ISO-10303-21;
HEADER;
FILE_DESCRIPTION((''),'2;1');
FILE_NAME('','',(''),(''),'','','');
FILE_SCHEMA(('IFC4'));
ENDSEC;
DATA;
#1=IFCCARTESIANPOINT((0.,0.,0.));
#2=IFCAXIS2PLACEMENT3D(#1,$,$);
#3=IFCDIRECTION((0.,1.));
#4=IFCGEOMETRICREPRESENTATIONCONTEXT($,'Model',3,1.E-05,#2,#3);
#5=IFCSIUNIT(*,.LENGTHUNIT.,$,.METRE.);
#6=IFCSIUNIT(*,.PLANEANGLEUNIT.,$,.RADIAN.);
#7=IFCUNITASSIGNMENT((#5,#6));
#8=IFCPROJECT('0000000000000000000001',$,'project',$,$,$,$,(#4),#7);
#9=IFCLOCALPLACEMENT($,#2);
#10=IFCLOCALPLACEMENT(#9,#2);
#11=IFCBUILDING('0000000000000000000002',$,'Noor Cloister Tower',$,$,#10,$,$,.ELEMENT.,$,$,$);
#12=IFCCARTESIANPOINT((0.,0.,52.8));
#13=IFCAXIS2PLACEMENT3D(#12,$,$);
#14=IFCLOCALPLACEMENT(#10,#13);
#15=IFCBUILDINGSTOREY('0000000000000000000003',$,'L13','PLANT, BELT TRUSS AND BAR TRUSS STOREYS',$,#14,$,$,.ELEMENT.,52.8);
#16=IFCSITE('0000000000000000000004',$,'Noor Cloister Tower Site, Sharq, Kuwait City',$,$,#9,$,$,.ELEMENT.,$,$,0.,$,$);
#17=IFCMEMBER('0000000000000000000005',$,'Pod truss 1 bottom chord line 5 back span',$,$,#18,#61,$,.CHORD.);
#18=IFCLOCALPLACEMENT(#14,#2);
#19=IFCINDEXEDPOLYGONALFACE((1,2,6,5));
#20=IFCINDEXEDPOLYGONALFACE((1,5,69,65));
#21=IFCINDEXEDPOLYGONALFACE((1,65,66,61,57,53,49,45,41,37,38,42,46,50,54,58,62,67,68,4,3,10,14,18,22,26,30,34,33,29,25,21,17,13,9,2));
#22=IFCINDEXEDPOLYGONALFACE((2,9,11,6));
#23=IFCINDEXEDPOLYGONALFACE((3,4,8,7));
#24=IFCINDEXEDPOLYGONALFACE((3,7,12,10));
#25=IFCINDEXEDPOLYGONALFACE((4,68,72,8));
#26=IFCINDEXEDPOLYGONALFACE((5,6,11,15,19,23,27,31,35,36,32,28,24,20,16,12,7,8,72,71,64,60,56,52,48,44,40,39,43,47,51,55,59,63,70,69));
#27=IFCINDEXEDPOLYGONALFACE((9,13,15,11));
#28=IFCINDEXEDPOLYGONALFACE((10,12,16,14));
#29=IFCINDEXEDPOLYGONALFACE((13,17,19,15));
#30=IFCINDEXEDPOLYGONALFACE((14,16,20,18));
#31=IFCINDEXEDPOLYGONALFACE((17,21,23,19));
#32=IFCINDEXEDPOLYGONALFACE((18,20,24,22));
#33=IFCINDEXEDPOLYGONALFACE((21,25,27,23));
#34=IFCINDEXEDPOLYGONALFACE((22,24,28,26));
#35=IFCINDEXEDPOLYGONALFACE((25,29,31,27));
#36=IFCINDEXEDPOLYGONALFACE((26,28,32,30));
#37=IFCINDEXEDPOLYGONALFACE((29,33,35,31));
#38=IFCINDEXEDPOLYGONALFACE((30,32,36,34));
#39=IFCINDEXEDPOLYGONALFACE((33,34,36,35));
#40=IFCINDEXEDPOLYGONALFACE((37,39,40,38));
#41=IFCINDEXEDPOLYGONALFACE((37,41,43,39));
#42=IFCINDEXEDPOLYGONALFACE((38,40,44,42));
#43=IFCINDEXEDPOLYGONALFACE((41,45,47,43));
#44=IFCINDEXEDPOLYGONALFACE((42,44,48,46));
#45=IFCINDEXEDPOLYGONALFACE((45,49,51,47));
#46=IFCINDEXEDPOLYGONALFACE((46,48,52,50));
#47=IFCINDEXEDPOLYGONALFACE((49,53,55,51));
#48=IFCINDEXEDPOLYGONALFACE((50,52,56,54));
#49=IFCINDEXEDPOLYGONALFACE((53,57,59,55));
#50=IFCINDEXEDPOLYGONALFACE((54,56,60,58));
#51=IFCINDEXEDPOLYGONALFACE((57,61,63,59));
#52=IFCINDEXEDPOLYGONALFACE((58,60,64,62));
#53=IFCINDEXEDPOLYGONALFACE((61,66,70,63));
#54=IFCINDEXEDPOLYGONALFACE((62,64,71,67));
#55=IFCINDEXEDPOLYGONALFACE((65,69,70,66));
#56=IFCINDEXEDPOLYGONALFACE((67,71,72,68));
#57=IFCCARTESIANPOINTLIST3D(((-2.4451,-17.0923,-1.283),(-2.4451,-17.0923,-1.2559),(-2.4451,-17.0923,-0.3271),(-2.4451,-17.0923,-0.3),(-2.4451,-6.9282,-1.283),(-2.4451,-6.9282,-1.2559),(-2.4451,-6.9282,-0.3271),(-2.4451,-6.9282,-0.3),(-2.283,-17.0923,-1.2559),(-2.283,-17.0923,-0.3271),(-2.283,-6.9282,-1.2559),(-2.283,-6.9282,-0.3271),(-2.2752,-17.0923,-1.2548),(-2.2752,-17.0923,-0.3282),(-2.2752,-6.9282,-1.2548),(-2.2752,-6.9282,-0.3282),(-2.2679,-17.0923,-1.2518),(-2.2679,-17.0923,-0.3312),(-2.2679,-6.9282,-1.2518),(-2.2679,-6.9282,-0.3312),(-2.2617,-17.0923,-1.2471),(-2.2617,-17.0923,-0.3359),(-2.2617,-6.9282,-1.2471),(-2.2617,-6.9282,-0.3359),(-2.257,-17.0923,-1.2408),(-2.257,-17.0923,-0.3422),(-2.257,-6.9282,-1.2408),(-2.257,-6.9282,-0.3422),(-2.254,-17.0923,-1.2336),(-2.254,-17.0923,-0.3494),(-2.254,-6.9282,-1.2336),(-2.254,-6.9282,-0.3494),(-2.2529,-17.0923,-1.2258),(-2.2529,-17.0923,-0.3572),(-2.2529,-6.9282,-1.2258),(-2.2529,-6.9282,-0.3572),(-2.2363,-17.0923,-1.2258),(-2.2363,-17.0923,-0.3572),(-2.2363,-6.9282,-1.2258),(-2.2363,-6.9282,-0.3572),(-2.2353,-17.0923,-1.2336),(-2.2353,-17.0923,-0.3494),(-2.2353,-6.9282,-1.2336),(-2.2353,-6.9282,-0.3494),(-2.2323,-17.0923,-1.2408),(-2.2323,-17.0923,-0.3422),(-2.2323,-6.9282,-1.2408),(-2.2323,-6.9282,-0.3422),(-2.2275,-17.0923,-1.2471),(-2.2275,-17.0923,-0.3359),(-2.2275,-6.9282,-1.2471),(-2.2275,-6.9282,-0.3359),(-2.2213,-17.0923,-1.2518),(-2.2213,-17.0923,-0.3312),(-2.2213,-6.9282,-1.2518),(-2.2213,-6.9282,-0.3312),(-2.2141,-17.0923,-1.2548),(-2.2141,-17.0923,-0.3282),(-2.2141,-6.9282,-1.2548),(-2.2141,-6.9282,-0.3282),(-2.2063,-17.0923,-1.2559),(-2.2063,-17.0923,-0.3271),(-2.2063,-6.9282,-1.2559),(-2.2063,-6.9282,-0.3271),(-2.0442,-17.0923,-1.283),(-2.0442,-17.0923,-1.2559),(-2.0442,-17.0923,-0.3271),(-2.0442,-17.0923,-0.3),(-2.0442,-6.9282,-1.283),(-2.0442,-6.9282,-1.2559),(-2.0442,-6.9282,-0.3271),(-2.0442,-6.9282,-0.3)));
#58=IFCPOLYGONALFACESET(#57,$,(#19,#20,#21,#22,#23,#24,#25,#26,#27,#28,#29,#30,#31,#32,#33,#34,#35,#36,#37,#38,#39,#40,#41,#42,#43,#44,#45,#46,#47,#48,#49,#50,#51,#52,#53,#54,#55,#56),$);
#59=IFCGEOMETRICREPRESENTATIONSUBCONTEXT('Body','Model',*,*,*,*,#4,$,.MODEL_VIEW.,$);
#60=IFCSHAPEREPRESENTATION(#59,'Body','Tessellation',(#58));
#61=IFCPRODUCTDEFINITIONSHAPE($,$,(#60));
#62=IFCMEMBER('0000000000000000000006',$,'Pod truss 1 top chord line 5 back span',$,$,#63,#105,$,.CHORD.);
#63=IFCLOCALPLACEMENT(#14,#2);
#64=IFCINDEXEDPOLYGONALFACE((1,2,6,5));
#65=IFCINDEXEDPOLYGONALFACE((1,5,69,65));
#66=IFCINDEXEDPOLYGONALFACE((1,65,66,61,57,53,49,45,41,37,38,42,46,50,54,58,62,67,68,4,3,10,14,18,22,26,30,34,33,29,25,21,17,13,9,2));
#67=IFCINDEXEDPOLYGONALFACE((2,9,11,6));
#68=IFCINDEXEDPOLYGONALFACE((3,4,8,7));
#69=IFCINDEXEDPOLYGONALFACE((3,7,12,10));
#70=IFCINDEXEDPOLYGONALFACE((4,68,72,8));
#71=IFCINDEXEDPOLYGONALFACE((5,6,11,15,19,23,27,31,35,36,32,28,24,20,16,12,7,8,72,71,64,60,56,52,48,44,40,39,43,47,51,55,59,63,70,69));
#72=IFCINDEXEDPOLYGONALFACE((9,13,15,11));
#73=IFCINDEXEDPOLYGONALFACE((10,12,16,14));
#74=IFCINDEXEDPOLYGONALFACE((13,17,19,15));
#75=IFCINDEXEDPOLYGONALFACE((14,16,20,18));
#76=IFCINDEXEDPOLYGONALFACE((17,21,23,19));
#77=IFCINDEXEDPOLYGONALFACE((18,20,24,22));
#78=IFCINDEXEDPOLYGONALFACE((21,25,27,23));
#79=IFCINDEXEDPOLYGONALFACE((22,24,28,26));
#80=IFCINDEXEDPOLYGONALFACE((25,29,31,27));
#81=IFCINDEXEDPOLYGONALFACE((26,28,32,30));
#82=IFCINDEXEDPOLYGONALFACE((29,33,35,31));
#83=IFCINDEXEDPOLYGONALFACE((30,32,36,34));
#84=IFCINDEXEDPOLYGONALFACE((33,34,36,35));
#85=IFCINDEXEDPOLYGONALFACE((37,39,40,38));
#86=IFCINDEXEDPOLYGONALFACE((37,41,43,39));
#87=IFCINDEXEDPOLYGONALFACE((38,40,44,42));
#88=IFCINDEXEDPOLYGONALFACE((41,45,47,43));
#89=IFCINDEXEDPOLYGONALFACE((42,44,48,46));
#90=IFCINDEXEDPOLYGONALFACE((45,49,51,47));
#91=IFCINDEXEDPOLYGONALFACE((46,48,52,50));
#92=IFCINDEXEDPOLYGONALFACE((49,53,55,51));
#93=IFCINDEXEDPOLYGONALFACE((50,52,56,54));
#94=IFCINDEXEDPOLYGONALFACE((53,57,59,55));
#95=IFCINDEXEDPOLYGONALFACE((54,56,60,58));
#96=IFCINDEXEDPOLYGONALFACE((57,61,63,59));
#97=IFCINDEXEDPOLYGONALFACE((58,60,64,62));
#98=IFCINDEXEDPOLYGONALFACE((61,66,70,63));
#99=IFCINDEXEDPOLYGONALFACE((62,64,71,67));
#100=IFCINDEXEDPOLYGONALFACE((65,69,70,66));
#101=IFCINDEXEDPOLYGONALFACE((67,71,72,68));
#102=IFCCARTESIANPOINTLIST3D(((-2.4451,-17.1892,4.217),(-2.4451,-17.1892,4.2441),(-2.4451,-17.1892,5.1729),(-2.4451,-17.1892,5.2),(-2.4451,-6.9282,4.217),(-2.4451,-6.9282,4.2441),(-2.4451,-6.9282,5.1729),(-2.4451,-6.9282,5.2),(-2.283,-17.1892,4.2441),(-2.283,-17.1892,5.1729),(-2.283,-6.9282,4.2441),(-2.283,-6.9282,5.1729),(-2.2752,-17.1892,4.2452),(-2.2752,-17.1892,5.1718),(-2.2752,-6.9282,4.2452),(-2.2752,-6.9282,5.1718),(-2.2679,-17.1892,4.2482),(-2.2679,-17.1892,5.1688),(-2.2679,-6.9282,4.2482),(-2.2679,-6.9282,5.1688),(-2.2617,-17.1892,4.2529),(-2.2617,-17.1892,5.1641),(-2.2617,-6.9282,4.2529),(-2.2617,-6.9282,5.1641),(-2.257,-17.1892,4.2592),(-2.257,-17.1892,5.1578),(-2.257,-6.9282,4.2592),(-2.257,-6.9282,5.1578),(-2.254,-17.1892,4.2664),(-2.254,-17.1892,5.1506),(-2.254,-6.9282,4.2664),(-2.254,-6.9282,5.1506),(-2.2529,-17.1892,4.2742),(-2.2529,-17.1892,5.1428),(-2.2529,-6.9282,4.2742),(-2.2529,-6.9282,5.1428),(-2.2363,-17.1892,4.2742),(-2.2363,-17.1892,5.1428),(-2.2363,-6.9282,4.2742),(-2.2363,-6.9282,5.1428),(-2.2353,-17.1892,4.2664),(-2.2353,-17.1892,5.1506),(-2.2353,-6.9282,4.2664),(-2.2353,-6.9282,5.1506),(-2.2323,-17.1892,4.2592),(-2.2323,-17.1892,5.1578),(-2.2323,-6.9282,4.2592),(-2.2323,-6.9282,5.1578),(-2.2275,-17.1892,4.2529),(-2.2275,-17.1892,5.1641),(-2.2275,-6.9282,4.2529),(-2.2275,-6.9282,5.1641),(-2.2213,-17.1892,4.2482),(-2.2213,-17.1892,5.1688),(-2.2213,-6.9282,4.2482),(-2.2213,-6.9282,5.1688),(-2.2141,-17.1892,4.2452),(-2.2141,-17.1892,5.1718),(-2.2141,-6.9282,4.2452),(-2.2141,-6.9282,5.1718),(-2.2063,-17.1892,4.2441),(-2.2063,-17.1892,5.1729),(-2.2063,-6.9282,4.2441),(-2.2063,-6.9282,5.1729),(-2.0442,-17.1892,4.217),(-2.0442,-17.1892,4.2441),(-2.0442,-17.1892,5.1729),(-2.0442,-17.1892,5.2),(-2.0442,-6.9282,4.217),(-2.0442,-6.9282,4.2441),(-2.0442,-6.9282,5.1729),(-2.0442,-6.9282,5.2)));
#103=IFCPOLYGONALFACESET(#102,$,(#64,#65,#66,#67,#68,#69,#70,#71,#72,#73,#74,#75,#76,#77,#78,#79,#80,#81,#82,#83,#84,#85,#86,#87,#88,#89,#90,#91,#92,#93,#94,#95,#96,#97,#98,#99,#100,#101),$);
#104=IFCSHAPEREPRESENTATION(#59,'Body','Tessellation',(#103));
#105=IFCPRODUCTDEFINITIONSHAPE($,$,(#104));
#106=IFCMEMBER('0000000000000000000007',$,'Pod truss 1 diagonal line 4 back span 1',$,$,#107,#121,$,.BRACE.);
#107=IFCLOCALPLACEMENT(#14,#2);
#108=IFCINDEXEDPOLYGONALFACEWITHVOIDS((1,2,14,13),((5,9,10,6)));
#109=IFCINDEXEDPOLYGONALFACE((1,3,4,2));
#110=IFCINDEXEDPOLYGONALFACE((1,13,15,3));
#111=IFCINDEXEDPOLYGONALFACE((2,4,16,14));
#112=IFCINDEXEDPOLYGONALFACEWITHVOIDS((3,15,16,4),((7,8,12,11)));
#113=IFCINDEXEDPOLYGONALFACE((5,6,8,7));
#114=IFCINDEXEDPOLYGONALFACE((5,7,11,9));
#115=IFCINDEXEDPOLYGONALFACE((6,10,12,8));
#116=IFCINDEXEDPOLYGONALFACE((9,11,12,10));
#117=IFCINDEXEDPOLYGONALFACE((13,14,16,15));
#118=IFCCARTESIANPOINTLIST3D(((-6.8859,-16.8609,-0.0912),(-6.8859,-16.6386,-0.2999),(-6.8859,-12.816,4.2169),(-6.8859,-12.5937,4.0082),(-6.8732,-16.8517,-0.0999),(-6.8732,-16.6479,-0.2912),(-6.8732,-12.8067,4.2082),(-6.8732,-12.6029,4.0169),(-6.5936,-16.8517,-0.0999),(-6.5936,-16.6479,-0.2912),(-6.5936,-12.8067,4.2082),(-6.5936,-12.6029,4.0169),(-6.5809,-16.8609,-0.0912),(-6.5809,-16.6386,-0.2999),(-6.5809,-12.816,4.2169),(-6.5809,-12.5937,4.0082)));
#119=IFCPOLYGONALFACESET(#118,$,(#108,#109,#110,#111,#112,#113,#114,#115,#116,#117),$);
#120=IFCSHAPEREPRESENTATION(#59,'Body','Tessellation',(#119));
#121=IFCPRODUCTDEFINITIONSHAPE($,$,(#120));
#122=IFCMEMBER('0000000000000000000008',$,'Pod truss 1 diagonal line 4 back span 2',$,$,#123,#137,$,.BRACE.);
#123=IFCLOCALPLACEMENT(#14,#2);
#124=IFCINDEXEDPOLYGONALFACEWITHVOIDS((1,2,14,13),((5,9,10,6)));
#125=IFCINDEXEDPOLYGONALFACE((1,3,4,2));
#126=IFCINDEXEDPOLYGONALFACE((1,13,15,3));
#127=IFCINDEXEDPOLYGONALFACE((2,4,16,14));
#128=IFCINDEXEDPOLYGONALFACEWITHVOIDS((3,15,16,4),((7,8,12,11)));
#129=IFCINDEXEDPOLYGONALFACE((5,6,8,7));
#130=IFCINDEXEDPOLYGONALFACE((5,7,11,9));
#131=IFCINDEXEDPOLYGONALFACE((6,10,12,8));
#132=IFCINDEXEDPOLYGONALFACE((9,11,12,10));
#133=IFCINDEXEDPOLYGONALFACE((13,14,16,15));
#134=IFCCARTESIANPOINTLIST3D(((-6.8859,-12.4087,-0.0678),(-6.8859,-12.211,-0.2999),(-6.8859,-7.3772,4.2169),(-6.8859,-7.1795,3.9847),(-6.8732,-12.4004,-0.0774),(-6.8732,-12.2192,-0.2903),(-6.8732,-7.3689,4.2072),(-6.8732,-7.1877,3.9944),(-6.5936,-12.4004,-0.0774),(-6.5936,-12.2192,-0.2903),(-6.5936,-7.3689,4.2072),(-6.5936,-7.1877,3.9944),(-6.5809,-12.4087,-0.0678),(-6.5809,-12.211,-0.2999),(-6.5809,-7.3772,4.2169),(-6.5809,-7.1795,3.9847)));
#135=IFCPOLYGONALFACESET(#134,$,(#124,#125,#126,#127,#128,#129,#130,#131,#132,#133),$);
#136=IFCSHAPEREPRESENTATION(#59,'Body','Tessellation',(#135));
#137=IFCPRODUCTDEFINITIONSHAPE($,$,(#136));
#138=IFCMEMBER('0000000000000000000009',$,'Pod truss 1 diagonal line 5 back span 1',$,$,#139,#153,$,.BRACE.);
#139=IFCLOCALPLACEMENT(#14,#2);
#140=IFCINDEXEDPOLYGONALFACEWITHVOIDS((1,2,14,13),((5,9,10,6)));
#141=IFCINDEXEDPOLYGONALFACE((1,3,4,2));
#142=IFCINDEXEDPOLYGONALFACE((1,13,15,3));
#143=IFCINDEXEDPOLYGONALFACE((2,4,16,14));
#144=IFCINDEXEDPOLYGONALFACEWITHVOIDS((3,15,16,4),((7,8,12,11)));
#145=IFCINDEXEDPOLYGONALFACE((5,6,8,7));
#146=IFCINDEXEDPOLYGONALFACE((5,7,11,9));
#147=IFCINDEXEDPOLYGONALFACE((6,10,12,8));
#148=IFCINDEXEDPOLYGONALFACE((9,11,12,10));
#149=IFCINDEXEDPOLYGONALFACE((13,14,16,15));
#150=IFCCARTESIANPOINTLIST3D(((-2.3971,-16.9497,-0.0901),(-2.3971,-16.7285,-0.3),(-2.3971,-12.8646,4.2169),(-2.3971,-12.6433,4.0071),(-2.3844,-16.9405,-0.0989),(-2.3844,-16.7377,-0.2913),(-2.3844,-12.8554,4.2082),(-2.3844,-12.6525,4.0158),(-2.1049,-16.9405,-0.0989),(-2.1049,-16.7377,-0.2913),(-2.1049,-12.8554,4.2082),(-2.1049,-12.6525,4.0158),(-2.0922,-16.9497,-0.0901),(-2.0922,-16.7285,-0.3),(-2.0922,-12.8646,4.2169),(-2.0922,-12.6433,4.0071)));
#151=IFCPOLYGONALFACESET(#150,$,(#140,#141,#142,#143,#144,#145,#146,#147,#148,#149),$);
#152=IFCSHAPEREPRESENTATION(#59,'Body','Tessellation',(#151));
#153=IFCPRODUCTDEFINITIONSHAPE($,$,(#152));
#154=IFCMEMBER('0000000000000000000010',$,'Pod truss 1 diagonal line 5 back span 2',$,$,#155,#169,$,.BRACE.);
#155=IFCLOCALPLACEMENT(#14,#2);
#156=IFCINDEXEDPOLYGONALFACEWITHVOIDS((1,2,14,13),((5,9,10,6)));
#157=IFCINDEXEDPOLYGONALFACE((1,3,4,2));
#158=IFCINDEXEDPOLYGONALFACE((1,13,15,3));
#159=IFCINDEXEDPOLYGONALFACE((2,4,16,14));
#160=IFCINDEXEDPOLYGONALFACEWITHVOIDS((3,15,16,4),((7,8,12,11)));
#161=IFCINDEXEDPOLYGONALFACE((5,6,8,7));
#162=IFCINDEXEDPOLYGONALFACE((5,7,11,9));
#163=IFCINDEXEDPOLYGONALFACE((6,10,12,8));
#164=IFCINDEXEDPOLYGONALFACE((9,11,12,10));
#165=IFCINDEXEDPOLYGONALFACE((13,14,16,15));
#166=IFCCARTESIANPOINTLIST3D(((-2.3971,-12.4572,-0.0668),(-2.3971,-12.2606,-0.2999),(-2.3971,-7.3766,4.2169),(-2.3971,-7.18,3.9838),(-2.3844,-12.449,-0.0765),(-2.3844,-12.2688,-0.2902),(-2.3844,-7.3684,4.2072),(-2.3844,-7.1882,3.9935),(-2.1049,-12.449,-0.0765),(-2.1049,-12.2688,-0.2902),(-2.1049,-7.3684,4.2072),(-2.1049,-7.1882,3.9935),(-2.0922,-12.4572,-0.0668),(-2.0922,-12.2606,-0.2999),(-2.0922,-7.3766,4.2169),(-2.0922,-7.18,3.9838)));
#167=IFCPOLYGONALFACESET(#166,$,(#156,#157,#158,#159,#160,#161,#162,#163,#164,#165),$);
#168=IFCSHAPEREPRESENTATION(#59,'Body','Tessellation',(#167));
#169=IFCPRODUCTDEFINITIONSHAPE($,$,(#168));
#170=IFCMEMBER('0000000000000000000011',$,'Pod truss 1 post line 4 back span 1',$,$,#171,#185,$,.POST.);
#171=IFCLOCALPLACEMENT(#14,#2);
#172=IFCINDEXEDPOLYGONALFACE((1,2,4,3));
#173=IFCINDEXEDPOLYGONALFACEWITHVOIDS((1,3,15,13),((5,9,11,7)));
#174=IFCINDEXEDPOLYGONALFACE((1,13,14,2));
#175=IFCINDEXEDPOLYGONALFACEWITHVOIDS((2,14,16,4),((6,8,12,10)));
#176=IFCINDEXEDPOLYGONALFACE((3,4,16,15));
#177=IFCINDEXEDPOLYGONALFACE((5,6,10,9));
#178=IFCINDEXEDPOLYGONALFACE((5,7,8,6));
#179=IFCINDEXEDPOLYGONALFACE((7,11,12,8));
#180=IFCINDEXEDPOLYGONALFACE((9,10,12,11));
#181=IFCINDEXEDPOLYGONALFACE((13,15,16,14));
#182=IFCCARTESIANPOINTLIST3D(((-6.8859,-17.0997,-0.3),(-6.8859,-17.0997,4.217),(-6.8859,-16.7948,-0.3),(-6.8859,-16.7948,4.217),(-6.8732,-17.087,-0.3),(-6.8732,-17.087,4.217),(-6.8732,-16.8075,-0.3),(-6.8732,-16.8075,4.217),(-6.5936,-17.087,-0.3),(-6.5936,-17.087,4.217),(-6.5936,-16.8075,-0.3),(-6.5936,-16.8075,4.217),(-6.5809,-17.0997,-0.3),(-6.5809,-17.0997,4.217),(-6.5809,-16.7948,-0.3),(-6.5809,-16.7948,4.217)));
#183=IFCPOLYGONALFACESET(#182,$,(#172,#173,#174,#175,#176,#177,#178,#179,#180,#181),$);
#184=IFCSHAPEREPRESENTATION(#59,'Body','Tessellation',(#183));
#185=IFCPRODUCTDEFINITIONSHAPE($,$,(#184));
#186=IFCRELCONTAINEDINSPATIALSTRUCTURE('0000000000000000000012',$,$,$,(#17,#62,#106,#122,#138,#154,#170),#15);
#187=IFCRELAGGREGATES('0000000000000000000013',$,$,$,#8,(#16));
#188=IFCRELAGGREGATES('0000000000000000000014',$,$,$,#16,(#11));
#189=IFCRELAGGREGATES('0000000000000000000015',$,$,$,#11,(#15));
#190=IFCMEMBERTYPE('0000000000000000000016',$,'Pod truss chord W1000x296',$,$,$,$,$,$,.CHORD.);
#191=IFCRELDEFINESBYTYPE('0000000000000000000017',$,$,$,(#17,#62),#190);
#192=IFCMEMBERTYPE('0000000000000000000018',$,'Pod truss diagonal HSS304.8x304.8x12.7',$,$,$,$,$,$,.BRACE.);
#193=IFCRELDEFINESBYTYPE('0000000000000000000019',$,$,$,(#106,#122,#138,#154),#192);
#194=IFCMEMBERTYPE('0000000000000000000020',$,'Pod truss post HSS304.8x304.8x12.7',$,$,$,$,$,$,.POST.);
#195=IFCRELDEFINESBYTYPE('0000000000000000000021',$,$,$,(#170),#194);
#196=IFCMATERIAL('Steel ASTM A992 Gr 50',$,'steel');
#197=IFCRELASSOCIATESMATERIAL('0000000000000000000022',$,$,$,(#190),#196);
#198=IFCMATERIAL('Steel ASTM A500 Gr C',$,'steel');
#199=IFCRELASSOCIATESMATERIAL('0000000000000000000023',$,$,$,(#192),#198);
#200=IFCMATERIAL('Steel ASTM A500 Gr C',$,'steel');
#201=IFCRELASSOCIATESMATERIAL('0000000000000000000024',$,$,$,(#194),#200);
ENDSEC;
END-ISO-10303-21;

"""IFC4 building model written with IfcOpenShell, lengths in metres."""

from ifc_helpers import new_model, si_unit, direction, frame, origin, origin_2d, place, context, subcontext, project, spatial, hollow_rectangle, i_section, extrude, material, material_profile, profile_set, type_object, element, save


model = new_model("IFC4")

# Units and contexts
model_context = context("Model", 3, precision=1e-05, world=origin(), true_north=direction((0.0, 1.0)))
body_context = subcontext(model_context, "Body", "Model", "MODEL_VIEW")
ifc_project = project(units=[si_unit("LENGTHUNIT", "METRE"), si_unit("PLANEANGLEUNIT", "RADIAN")], contexts=[model_context])

# Site, building, storey
site_placement = place(None, origin())
site = spatial("IfcSite", under=ifc_project, at=site_placement, Name="Noor Cloister Tower Site, Sharq, Kuwait City", CompositionType="ELEMENT", RefElevation=0.0)
building_placement = place(site_placement, origin())
building = spatial("IfcBuilding", under=site, at=building_placement, Name="Noor Cloister Tower", CompositionType="ELEMENT")
storey_placement = place(building_placement, frame((0.0, 0.0, 52.8)))
storey = spatial("IfcBuildingStorey", under=building, at=storey_placement, Name="L13", Description="PLANT, BELT TRUSS AND BAR TRUSS STOREYS", CompositionType="ELEMENT", Elevation=52.8)

# Members
ifc_material_1 = material(Name="Steel ASTM A992 Gr 50", Category="steel")
ifc_material_profile_1 = material_profile(ifc_material_1, i_section(OverallWidth=0.4009, OverallDepth=0.9829, WebThickness=0.0166, FlangeThickness=0.0271, FilletRadius=0.03, at=origin_2d()), Name="W1000x296")
ifc_profile_set_1 = profile_set([ifc_material_profile_1], Name="Steel ASTM A992 Gr 50")
member_type_1 = type_object("IfcMemberType", Name="Pod truss chord W1000x296", PredefinedType="CHORD", material=ifc_profile_set_1)
member_1_placement = place(storey_placement, frame((-2.2446, -17.0923, -0.7915), z_axis=(0.0, 1.0, 0.0), x_axis=(-1.0, 0.0, 0.0)))
element("IfcMember", 1, at=member_1_placement, inside=storey, type_object=member_type_1, Name="Pod truss 1 bottom chord line 5 back span", PredefinedType="CHORD", context=body_context, shape_type="SweptSolid", body=[
    extrude(i_section(OverallWidth=0.4009, OverallDepth=0.9829, WebThickness=0.0166, FlangeThickness=0.0271, FilletRadius=0.03, at=origin_2d()), origin(), (0.0, 0.0, 1.0), 10.1641),
])
member_2_placement = place(storey_placement, frame((-2.2446, -17.1892, 4.7085), z_axis=(0.0, 1.0, 0.0), x_axis=(-1.0, 0.0, 0.0)))
element("IfcMember", 2, at=member_2_placement, inside=storey, type_object=member_type_1, Name="Pod truss 1 top chord line 5 back span", PredefinedType="CHORD", context=body_context, shape_type="SweptSolid", body=[
    extrude(i_section(OverallWidth=0.4009, OverallDepth=0.9829, WebThickness=0.0166, FlangeThickness=0.0271, FilletRadius=0.03, at=origin_2d()), origin(), (0.0, 0.0, 1.0), 10.261),
])
ifc_material_2 = material(Name="Steel ASTM A500 Gr C", Category="steel")
ifc_material_profile_2 = material_profile(ifc_material_2, hollow_rectangle(XDim=0.3049, YDim=0.3049, WallThickness=0.0127, at=origin_2d()), Name="HSS304.8x304.8x12.7")
ifc_profile_set_2 = profile_set([ifc_material_profile_2], Name="Steel ASTM A500 Gr C")
member_type_2 = type_object("IfcMemberType", Name="Pod truss diagonal HSS304.8x304.8x12.7", PredefinedType="BRACE", material=ifc_profile_set_2)
member_3_placement = place(storey_placement, frame((-6.7334, -16.7498, -0.1956), z_axis=(0.0, 0.684488, 0.729024), x_axis=(-1.0, 0.0, 0.0)))
element("IfcMember", 3, at=member_3_placement, inside=storey, type_object=member_type_2, Name="Pod truss 1 diagonal line 4 back span 1", PredefinedType="BRACE", context=body_context, shape_type="SweptSolid", body=[
    extrude(hollow_rectangle(XDim=0.3049, YDim=0.3049, WallThickness=0.0127, at=origin_2d()), origin(), (0.0, 0.0, 1.0), 5.9094),
])
member_4_placement = place(storey_placement, frame((-6.7334, -12.3098, -0.1838), z_axis=(0.0, 0.761349, 0.648342), x_axis=(-1.0, 0.0, 0.0)))
element("IfcMember", 4, at=member_4_placement, inside=storey, type_object=member_type_2, Name="Pod truss 1 diagonal line 4 back span 2", PredefinedType="BRACE", context=body_context, shape_type="SweptSolid", body=[
    extrude(hollow_rectangle(XDim=0.3049, YDim=0.3049, WallThickness=0.0127, at=origin_2d()), origin(), (0.0, 0.0, 1.0), 6.6086),
])
member_5_placement = place(storey_placement, frame((-2.2446, -16.8391, -0.1951), z_axis=(0.0, 0.688168, 0.725552), x_axis=(-1.0, 0.0, 0.0)))
element("IfcMember", 5, at=member_5_placement, inside=storey, type_object=member_type_2, Name="Pod truss 1 diagonal line 5 back span 1", PredefinedType="BRACE", context=body_context, shape_type="SweptSolid", body=[
    extrude(hollow_rectangle(XDim=0.3049, YDim=0.3049, WallThickness=0.0127, at=origin_2d()), origin(), (0.0, 0.0, 1.0), 5.9363),
])
member_6_placement = place(storey_placement, frame((-2.2446, -12.3589, -0.1833), z_axis=(0.0, 0.764517, 0.644604), x_axis=(-1.0, 0.0, 0.0)))
element("IfcMember", 6, at=member_6_placement, inside=storey, type_object=member_type_2, Name="Pod truss 1 diagonal line 5 back span 2", PredefinedType="BRACE", context=body_context, shape_type="SweptSolid", body=[
    extrude(hollow_rectangle(XDim=0.3049, YDim=0.3049, WallThickness=0.0127, at=origin_2d()), origin(), (0.0, 0.0, 1.0), 6.6455),
])
ifc_material_3 = material(Name="Steel ASTM A500 Gr C", Category="steel")
ifc_material_profile_3 = material_profile(ifc_material_3, hollow_rectangle(XDim=0.3049, YDim=0.3049, WallThickness=0.0127, at=origin_2d()), Name="HSS304.8x304.8x12.7")
ifc_profile_set_3 = profile_set([ifc_material_profile_3], Name="Steel ASTM A500 Gr C")
member_type_3 = type_object("IfcMemberType", Name="Pod truss post HSS304.8x304.8x12.7", PredefinedType="POST", material=ifc_profile_set_3)
for number, where, z_axis, x_axis, name in (
    (7, (-6.7334, -16.9473, -0.3), (0.0, 0.0, 1.0), (1.0, 0.0, 0.0), "Pod truss 1 post line 4 back span 1"),
):
    element("IfcMember", number, at=place(storey_placement, frame(where, z_axis=z_axis, x_axis=x_axis)), inside=storey, type_object=member_type_3, Name=name, PredefinedType="POST", context=body_context, shape_type="SweptSolid", body=[
        extrude(hollow_rectangle(XDim=0.3049, YDim=0.3049, WallThickness=0.0127, at=origin_2d()), origin(), (0.0, 0.0, 1.0), 4.5171),
    ])

save(model, "model.ifc")
